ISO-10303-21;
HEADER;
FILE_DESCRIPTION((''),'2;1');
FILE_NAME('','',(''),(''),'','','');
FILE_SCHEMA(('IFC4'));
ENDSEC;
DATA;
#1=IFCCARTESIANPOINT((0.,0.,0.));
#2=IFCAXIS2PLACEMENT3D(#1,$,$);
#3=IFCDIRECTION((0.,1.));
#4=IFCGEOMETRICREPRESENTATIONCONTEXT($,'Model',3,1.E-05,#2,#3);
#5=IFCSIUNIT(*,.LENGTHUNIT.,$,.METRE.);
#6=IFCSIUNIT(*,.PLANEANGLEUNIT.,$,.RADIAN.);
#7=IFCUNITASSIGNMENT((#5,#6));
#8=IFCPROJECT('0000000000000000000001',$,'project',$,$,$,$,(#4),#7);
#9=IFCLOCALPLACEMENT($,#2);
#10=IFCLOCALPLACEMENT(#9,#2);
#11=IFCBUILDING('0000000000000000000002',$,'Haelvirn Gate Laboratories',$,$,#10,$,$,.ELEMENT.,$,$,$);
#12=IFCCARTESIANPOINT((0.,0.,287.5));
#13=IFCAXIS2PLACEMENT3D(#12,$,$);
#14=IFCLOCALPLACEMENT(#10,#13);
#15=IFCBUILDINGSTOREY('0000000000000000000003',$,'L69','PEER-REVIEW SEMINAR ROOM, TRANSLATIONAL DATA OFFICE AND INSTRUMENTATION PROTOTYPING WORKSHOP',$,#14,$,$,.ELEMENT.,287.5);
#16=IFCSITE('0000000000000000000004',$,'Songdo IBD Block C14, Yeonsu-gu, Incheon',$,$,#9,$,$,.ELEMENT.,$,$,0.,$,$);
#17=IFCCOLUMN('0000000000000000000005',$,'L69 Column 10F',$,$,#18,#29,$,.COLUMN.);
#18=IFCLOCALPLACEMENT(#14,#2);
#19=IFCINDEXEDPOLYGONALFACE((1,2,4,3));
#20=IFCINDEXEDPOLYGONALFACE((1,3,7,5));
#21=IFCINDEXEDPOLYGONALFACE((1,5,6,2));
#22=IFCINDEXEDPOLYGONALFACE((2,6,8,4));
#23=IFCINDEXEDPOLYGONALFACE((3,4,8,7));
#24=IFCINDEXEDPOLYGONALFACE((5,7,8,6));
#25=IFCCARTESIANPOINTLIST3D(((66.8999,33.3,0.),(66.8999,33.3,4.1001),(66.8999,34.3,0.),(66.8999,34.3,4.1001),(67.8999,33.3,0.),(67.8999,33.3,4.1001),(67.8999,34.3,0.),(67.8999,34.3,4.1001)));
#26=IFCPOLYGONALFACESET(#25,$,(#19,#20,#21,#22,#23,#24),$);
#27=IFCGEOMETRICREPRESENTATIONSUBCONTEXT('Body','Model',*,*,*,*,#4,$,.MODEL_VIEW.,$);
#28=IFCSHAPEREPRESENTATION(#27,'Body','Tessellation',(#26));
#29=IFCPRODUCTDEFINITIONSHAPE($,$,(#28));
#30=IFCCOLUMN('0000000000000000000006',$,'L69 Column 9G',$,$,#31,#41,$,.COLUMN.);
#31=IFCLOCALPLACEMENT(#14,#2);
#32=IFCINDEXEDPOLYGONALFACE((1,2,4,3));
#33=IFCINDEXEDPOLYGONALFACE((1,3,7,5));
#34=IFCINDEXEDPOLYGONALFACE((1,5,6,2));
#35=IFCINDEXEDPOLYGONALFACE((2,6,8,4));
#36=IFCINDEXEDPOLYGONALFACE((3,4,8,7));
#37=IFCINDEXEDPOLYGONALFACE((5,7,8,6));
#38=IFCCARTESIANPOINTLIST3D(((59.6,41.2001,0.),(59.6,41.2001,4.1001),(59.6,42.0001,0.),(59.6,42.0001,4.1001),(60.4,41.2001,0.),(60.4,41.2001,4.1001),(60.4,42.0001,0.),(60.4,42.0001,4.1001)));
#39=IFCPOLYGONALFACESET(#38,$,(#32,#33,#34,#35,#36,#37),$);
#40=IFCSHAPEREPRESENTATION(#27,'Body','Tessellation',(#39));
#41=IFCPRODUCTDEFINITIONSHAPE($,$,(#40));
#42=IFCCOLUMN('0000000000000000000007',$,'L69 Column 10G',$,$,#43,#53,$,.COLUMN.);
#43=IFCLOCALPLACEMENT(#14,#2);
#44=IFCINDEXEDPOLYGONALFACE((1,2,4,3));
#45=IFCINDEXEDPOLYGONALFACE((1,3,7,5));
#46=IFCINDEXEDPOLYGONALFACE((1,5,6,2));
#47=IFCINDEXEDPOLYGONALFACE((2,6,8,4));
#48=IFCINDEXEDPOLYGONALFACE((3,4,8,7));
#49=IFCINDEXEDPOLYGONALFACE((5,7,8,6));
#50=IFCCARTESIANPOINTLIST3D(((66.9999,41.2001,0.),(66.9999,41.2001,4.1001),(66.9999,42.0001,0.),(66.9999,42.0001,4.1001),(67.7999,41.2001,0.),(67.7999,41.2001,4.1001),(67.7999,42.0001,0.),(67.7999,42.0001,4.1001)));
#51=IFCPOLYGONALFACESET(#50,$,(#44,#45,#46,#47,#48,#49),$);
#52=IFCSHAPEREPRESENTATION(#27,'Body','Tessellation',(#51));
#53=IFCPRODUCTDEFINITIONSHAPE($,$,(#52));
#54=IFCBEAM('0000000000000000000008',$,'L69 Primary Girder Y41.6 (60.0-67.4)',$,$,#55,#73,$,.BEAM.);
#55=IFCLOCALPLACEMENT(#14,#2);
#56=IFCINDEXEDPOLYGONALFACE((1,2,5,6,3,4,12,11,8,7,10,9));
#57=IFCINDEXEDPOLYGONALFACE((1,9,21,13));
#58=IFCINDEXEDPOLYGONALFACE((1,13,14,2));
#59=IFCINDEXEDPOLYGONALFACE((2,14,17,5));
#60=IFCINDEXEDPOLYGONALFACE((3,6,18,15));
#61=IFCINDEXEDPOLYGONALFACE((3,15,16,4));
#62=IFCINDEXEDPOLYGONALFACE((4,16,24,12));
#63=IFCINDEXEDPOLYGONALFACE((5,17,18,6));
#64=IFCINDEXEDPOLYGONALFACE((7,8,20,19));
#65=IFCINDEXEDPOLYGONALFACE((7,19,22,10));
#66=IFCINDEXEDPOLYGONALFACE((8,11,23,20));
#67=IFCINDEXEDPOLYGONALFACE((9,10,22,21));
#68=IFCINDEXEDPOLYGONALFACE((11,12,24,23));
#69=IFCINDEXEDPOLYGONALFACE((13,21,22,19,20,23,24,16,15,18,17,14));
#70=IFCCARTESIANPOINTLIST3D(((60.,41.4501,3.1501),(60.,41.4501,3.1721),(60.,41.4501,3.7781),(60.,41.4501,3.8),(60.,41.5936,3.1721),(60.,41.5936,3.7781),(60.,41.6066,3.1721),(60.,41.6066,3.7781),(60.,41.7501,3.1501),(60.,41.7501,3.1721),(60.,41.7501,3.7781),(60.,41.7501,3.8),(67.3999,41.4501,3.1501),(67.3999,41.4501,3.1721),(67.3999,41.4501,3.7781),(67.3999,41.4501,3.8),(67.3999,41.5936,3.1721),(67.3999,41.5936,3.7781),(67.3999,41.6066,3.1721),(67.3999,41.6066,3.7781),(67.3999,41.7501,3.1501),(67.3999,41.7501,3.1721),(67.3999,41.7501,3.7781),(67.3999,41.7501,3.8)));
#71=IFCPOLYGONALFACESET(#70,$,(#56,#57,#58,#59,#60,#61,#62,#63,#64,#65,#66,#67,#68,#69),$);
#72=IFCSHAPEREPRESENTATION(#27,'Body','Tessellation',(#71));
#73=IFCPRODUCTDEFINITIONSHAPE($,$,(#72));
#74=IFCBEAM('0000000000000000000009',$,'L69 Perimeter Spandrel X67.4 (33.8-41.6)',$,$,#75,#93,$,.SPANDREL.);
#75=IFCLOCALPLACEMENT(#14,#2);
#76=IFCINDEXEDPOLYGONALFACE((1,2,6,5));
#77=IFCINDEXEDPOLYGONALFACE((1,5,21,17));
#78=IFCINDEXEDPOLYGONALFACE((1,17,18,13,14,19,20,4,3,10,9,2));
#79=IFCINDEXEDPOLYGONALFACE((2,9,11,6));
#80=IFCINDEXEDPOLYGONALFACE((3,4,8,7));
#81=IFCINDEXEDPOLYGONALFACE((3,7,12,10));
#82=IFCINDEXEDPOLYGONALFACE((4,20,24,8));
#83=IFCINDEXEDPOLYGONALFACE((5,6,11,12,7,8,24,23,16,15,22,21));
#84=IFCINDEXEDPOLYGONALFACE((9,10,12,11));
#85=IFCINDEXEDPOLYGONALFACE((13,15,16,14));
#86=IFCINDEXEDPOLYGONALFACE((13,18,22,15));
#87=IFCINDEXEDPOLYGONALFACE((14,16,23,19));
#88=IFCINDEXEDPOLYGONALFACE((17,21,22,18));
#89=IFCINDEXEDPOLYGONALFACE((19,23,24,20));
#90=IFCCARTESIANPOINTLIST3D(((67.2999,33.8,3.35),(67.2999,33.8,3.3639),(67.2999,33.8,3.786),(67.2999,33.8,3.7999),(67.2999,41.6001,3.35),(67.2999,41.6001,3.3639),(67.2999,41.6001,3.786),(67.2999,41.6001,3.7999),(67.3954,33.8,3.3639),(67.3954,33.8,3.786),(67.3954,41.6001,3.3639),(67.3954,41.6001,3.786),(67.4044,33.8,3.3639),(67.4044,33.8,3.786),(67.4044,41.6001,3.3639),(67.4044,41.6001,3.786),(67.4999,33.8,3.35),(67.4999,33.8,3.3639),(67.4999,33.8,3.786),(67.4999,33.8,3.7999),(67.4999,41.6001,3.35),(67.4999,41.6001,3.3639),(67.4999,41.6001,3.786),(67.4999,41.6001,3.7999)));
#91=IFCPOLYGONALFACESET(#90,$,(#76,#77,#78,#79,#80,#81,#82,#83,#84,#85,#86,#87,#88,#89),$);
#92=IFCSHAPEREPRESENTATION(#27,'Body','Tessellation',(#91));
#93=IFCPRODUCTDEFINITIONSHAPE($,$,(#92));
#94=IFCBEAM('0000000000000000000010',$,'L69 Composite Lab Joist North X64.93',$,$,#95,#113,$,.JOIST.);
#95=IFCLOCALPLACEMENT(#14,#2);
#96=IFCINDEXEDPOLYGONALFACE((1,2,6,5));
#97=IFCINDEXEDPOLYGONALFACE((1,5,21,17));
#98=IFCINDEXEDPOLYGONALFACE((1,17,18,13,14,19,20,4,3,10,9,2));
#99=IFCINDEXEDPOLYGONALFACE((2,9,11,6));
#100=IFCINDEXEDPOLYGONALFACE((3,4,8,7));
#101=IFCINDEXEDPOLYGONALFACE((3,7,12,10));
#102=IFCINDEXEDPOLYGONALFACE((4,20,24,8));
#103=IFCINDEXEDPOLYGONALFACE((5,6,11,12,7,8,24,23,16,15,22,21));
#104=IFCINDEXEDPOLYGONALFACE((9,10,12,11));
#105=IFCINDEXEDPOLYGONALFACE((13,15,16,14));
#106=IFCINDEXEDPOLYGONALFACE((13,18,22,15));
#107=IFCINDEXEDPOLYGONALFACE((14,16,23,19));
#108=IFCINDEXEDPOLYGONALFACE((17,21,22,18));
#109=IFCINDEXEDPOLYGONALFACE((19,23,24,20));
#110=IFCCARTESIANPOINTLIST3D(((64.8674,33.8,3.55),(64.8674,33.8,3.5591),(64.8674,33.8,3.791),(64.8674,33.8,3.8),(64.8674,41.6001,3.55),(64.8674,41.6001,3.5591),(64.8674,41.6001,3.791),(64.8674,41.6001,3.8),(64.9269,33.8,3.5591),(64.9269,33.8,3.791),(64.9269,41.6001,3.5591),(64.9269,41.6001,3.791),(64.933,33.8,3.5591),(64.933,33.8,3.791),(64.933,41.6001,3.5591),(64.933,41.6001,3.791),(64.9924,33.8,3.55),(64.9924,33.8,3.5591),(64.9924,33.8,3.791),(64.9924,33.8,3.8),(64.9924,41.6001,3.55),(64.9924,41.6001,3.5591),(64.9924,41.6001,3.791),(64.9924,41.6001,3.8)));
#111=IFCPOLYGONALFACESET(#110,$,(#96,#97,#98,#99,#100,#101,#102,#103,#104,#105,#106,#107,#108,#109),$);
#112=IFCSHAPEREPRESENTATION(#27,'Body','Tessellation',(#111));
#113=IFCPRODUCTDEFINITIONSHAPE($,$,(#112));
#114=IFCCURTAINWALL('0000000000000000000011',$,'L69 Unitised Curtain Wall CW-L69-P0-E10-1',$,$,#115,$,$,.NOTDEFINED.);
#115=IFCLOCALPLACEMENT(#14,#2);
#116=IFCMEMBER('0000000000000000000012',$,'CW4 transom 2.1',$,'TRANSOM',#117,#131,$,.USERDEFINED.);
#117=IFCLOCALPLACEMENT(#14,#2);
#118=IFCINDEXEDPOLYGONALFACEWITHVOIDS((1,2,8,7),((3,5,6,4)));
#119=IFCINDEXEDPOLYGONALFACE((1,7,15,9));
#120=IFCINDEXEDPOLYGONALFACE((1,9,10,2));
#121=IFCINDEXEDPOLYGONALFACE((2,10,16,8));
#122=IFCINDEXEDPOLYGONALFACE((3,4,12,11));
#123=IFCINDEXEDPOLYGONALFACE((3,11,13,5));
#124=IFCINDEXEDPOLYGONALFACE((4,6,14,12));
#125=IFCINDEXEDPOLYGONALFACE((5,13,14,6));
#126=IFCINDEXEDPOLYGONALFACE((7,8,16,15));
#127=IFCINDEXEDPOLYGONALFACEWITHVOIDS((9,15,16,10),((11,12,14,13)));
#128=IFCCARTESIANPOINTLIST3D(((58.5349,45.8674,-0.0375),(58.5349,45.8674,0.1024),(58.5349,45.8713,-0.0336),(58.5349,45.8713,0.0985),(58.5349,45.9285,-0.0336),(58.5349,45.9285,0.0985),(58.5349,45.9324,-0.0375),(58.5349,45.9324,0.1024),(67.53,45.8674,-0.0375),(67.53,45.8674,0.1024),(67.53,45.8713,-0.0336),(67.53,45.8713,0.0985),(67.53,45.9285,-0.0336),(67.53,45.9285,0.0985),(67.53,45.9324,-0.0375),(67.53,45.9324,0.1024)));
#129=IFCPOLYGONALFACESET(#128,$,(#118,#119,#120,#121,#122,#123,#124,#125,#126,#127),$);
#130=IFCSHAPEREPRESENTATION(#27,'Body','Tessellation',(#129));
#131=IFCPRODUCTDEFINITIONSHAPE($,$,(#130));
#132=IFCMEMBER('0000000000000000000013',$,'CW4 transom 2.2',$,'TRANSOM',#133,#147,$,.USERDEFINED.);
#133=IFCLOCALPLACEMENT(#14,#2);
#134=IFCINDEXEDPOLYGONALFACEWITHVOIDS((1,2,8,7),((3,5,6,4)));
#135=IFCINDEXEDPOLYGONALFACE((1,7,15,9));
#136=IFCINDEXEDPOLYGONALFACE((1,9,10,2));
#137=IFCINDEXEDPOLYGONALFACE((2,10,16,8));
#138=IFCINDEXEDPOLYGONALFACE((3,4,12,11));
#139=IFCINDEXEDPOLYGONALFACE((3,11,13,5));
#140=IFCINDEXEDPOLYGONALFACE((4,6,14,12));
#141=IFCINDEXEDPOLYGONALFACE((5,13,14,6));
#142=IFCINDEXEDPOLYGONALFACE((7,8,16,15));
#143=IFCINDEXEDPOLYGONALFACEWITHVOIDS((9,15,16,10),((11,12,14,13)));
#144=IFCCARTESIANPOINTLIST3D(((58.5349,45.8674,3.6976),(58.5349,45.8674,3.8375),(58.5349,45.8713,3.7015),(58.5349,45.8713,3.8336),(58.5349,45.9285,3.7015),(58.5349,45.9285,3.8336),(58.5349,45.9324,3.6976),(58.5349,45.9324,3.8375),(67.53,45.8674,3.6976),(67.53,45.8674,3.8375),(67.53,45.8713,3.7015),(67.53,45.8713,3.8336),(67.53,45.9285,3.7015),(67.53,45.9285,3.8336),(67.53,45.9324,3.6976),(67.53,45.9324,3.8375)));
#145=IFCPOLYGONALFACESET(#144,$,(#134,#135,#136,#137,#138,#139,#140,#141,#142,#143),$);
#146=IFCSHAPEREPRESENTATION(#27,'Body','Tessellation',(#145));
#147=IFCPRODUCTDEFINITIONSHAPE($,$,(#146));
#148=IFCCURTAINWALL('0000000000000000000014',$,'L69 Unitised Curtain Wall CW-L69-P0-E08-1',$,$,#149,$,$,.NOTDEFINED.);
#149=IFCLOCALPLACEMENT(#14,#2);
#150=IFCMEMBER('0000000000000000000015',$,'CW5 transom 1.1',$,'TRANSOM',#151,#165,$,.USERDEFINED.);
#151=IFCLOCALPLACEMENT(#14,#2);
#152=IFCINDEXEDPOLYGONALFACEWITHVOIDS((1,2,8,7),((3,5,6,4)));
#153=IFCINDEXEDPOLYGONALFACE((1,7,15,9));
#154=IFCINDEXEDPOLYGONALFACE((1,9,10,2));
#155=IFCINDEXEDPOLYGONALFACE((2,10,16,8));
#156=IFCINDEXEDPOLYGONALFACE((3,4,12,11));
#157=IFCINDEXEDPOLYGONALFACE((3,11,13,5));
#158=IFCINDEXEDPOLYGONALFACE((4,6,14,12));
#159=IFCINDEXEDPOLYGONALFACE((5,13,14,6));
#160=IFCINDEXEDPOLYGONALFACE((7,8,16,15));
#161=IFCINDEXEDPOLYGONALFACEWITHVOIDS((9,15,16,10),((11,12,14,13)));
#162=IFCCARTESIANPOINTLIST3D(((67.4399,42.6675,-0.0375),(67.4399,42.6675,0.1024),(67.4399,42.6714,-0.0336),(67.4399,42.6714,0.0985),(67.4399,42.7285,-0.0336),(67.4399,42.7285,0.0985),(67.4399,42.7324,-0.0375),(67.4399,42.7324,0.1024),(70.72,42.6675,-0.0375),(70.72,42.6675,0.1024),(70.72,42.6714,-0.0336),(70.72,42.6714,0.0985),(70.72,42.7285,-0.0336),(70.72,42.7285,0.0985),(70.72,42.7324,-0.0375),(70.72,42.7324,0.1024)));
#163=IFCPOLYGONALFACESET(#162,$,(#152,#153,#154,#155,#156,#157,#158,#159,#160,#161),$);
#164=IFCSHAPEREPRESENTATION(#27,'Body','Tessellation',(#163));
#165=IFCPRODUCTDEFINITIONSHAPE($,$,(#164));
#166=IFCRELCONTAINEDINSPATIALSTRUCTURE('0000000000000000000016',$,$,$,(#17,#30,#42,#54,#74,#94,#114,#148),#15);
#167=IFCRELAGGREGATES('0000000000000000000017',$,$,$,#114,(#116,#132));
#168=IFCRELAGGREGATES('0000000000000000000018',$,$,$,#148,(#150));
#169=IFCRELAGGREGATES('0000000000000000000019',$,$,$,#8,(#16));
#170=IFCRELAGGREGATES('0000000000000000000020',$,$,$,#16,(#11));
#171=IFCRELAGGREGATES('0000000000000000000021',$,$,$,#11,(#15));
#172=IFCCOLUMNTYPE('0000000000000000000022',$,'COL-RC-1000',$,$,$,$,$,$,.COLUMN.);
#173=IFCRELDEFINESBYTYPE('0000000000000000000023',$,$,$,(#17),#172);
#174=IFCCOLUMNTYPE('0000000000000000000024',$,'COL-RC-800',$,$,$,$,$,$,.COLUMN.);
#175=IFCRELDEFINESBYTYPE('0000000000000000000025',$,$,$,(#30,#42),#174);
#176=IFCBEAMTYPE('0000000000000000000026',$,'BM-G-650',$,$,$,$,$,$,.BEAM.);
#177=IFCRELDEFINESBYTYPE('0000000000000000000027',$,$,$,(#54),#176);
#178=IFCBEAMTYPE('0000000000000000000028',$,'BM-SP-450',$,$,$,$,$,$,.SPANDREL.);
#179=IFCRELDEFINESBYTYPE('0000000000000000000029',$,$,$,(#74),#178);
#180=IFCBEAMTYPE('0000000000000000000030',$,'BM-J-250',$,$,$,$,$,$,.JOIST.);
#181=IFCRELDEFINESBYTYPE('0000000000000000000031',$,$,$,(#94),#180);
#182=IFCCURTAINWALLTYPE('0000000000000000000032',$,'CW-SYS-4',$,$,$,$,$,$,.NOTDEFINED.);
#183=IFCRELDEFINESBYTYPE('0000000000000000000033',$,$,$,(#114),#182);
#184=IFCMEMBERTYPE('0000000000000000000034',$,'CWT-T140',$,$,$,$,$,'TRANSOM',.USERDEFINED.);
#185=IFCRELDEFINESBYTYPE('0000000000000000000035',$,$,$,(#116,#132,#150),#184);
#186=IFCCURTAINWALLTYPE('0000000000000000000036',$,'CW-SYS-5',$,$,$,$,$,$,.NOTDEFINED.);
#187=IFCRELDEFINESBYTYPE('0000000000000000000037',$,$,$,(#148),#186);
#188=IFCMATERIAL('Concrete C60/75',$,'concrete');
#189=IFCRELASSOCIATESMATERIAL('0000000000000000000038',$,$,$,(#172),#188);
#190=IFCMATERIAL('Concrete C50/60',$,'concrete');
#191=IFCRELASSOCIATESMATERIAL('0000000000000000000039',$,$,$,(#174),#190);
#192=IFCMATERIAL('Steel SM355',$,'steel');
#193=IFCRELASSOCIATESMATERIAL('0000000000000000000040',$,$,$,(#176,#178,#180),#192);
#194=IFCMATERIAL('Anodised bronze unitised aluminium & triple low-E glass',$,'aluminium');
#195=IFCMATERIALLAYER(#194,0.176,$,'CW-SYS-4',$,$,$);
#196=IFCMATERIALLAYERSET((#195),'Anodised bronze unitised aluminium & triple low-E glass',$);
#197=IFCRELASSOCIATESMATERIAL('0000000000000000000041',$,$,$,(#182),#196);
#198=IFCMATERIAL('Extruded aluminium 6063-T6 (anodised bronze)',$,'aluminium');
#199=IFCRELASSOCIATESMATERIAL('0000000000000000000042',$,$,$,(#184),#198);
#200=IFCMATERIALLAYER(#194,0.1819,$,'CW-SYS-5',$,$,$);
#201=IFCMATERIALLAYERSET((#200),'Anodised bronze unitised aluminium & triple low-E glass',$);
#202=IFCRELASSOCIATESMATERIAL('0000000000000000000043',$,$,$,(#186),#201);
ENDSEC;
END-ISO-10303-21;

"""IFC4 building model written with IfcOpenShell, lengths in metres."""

from ifc_helpers import new_model, si_unit, direction, frame, origin, origin_2d, place, context, subcontext, project, spatial, rectangle, hollow_rectangle, i_section, extrude, source, transform, mapped, material, layer, layer_set, material_profile, profile_set, type_object, type_shapes, element, aggregate, save


model = new_model("IFC4")

# Units and contexts
model_context = context("Model", 3, precision=1e-05, world=origin(), true_north=direction((0.0, 1.0)))
body_context = subcontext(model_context, "Body", "Model", "MODEL_VIEW")
ifc_project = project(units=[si_unit("LENGTHUNIT", "METRE"), si_unit("PLANEANGLEUNIT", "RADIAN")], contexts=[model_context])

# Site, building, storey
site_placement = place(None, origin())
site = spatial("IfcSite", under=ifc_project, at=site_placement, Name="Songdo IBD Block C14, Yeonsu-gu, Incheon", CompositionType="ELEMENT", RefElevation=0.0)
building_placement = place(site_placement, origin())
building = spatial("IfcBuilding", under=site, at=building_placement, Name="Haelvirn Gate Laboratories", CompositionType="ELEMENT")
storey_placement = place(building_placement, frame((0.0, 0.0, 287.5)))
storey = spatial("IfcBuildingStorey", under=building, at=storey_placement, Name="L69", Description="PEER-REVIEW SEMINAR ROOM, TRANSLATIONAL DATA OFFICE AND INSTRUMENTATION PROTOTYPING WORKSHOP", CompositionType="ELEMENT", Elevation=287.5)

# Columns
ifc_material_1 = material(Name="Concrete C60/75", Category="concrete")
ifc_material_profile_1 = material_profile(ifc_material_1, rectangle(XDim=1.0, YDim=1.0, at=origin_2d()), Name="RC-1000x1000")
ifc_profile_set_1 = profile_set([ifc_material_profile_1], Name="Concrete C60/75")
column_type_1 = type_object("IfcColumnType", Name="COL-RC-1000", PredefinedType="COLUMN", material=ifc_profile_set_1)
shared_shape_1 = source(origin(), body_context, "Body", "SweptSolid", [
    extrude(rectangle(XDim=1.0, YDim=1.0, at=origin_2d()), origin(), (0.0, 0.0, 1.0), 4.1001),
])
type_shapes(column_type_1, [shared_shape_1])
column_placement = place(storey_placement, frame((67.3999, 33.8, 0.0), z_axis=(0.0, 0.0, 1.0), x_axis=(1.0, 0.0, 0.0)))
element("IfcColumn", 1, at=column_placement, inside=storey, type_object=column_type_1, Name="L69 Column 10F", PredefinedType="COLUMN", context=body_context, shape_type="MappedRepresentation", body=[
    mapped(shared_shape_1, transform((0.0, 0.0, 0.0), scale=1.0)),
])
ifc_material_2 = material(Name="Concrete C50/60", Category="concrete")
ifc_material_profile_2 = material_profile(ifc_material_2, rectangle(XDim=0.8, YDim=0.8, at=origin_2d()), Name="RC-800x800")
ifc_profile_set_2 = profile_set([ifc_material_profile_2], Name="Concrete C50/60")
column_type_2 = type_object("IfcColumnType", Name="COL-RC-800", PredefinedType="COLUMN", material=ifc_profile_set_2)
shared_shape_2 = source(origin(), body_context, "Body", "SweptSolid", [
    extrude(rectangle(XDim=0.8, YDim=0.8, at=origin_2d()), origin(), (0.0, 0.0, 1.0), 4.1001),
])
type_shapes(column_type_2, [shared_shape_2])
for number, where, z_axis, x_axis, name in (
    (2, (60.0, 41.6001, 0.0), (0.0, 0.0, 1.0), (1.0, 0.0, 0.0), "L69 Column 9G"),
    (3, (67.3999, 41.6001, 0.0), (0.0, 0.0, 1.0), (1.0, 0.0, 0.0), "L69 Column 10G"),
):
    element("IfcColumn", number, at=place(storey_placement, frame(where, z_axis=z_axis, x_axis=x_axis)), inside=storey, type_object=column_type_2, Name=name, PredefinedType="COLUMN", context=body_context, shape_type="MappedRepresentation", body=[
        mapped(shared_shape_2, transform((0.0, 0.0, 0.0), scale=1.0)),
    ])

# Beams
ifc_material_3 = material(Name="Steel SM355", Category="steel")
ifc_material_profile_3 = material_profile(ifc_material_3, i_section(OverallWidth=0.3, OverallDepth=0.6499, WebThickness=0.0129, FlangeThickness=0.022, at=origin_2d()), Name="H-650x300x13x22")
ifc_profile_set_3 = profile_set([ifc_material_profile_3], Name="Steel SM355")
beam_type_1 = type_object("IfcBeamType", Name="BM-G-650", PredefinedType="BEAM", material=ifc_profile_set_3)
shared_shape_3 = source(origin(), body_context, "Body", "SweptSolid", [
    extrude(i_section(OverallWidth=0.3, OverallDepth=0.6499, WebThickness=0.0129, FlangeThickness=0.022, at=origin_2d()), origin(), (0.0, 0.0, 1.0), 7.3999),
])
type_shapes(beam_type_1, [shared_shape_3])
beam_1_placement = place(storey_placement, frame((60.0, 41.6001, 3.4751), z_axis=(1.0, 0.0, 0.0), x_axis=(0.0, 1.0, 0.0)))
element("IfcBeam", 4, at=beam_1_placement, inside=storey, type_object=beam_type_1, Name="L69 Primary Girder Y41.6 (60.0-67.4)", PredefinedType="BEAM", context=body_context, shape_type="MappedRepresentation", body=[
    mapped(shared_shape_3, transform((0.0, 0.0, 0.0), scale=1.0)),
])
ifc_material_profile_4 = material_profile(ifc_material_3, i_section(OverallWidth=0.2, OverallDepth=0.45, WebThickness=0.009, FlangeThickness=0.0139, at=origin_2d()), Name="H-450x200x9x14")
ifc_profile_set_4 = profile_set([ifc_material_profile_4], Name="Steel SM355")
beam_type_2 = type_object("IfcBeamType", Name="BM-SP-450", PredefinedType="SPANDREL", material=ifc_profile_set_4)
shared_shape_4 = source(origin(), body_context, "Body", "SweptSolid", [
    extrude(i_section(OverallWidth=0.2, OverallDepth=0.45, WebThickness=0.009, FlangeThickness=0.0139, at=origin_2d()), origin(), (0.0, 0.0, 1.0), 7.8),
])
type_shapes(beam_type_2, [shared_shape_4])
beam_2_placement = place(storey_placement, frame((67.3999, 33.8, 3.575), z_axis=(0.0, 1.0, 0.0), x_axis=(-1.0, 0.0, 0.0)))
element("IfcBeam", 5, at=beam_2_placement, inside=storey, type_object=beam_type_2, Name="L69 Perimeter Spandrel X67.4 (33.8-41.6)", PredefinedType="SPANDREL", context=body_context, shape_type="MappedRepresentation", body=[
    mapped(shared_shape_4, transform((0.0, 0.0, 0.0), scale=1.0)),
])
ifc_material_profile_5 = material_profile(ifc_material_3, i_section(OverallWidth=0.125, OverallDepth=0.25, WebThickness=0.0061, FlangeThickness=0.009, at=origin_2d()), Name="H-250x125x6x9")
ifc_profile_set_5 = profile_set([ifc_material_profile_5], Name="Steel SM355")
beam_type_3 = type_object("IfcBeamType", Name="BM-J-250", PredefinedType="JOIST", material=ifc_profile_set_5)
shared_shape_5 = source(origin(), body_context, "Body", "SweptSolid", [
    extrude(i_section(OverallWidth=0.125, OverallDepth=0.25, WebThickness=0.0061, FlangeThickness=0.009, at=origin_2d()), origin(), (0.0, 0.0, 1.0), 7.8),
])
type_shapes(beam_type_3, [shared_shape_5])
beam_3_placement = place(storey_placement, frame((64.9299, 33.8, 3.675), z_axis=(0.0, 1.0, 0.0), x_axis=(-1.0, 0.0, 0.0)))
element("IfcBeam", 6, at=beam_3_placement, inside=storey, type_object=beam_type_3, Name="L69 Composite Lab Joist North X64.93", PredefinedType="JOIST", context=body_context, shape_type="MappedRepresentation", body=[
    mapped(shared_shape_5, transform((0.0, 0.0, 0.0), scale=1.0)),
])

# Curtain walls, members
ifc_material_4 = material(Name="Anodised bronze unitised aluminium & triple low-E glass", Category="aluminium")
ifc_layer_1 = layer(ifc_material_4, 0.176, Name="CW-SYS-4")
ifc_layer_set_1 = layer_set([ifc_layer_1], Name="Anodised bronze unitised aluminium & triple low-E glass")
curtain_wall_type_1 = type_object("IfcCurtainWallType", Name="CW-SYS-4", PredefinedType="NOTDEFINED", material=ifc_layer_set_1)
curtain_wall_1_placement = place(storey_placement, origin())
curtain_wall_1 = element("IfcCurtainWall", 7, at=curtain_wall_1_placement, inside=storey, type_object=curtain_wall_type_1, Name="L69 Unitised Curtain Wall CW-L69-P0-E10-1", PredefinedType="NOTDEFINED")
ifc_material_5 = material(Name="Extruded aluminium 6063-T6 (anodised bronze)", Category="aluminium")
ifc_material_profile_6 = material_profile(ifc_material_5, hollow_rectangle(XDim=0.0649, YDim=0.1399, WallThickness=0.0039, at=origin_2d()), Name="CWT-140x65x4")
ifc_profile_set_6 = profile_set([ifc_material_profile_6], Name="Extruded aluminium 6063-T6 (anodised bronze)")
member_type_1 = type_object("IfcMemberType", Name="CWT-T140", ElementType="TRANSOM", PredefinedType="USERDEFINED", material=ifc_profile_set_6)
shared_shape_6 = source(origin(), body_context, "Body", "SweptSolid", [
    extrude(hollow_rectangle(XDim=0.0649, YDim=0.1399, WallThickness=0.0039, at=origin_2d()), origin(), (0.0, 0.0, 1.0), 8.9951),
])
member_1_placement = place(storey_placement, frame((58.5349, 45.8999, 0.0325), z_axis=(1.0, 0.0, 0.0), x_axis=(0.0, 1.0, 0.0)))
member_1 = element("IfcMember", 8, at=member_1_placement, type_object=member_type_1, Name="CW4 transom 2.1", ObjectType="TRANSOM", PredefinedType="USERDEFINED", context=body_context, shape_type="MappedRepresentation", body=[
    mapped(shared_shape_6, transform((0.0, 0.0, 0.0), scale=1.0)),
])
member_2_placement = place(storey_placement, frame((58.5349, 45.8999, 3.7676), z_axis=(1.0, 0.0, 0.0), x_axis=(0.0, 1.0, 0.0)))
member_2 = element("IfcMember", 9, at=member_2_placement, type_object=member_type_1, Name="CW4 transom 2.2", ObjectType="TRANSOM", PredefinedType="USERDEFINED", context=body_context, shape_type="MappedRepresentation", body=[
    mapped(shared_shape_6, transform((0.0, 0.0, 0.0), scale=1.0)),
])
ifc_layer_2 = layer(ifc_material_4, 0.1819, Name="CW-SYS-5")
ifc_layer_set_2 = layer_set([ifc_layer_2], Name="Anodised bronze unitised aluminium & triple low-E glass")
curtain_wall_type_2 = type_object("IfcCurtainWallType", Name="CW-SYS-5", PredefinedType="NOTDEFINED", material=ifc_layer_set_2)
curtain_wall_2_placement = place(storey_placement, origin())
curtain_wall_2 = element("IfcCurtainWall", 10, at=curtain_wall_2_placement, inside=storey, type_object=curtain_wall_type_2, Name="L69 Unitised Curtain Wall CW-L69-P0-E08-1", PredefinedType="NOTDEFINED")
shared_shape_7 = source(origin(), body_context, "Body", "SweptSolid", [
    extrude(hollow_rectangle(XDim=0.0649, YDim=0.1399, WallThickness=0.0039, at=origin_2d()), origin(), (0.0, 0.0, 1.0), 3.28),
])
type_shapes(member_type_1, [shared_shape_6, shared_shape_7])
member_3_placement = place(storey_placement, frame((67.4399, 42.7, 0.0325), z_axis=(1.0, 0.0, 0.0), x_axis=(0.0, 1.0, 0.0)))
member_3 = element("IfcMember", 11, at=member_3_placement, type_object=member_type_1, Name="CW5 transom 1.1", ObjectType="TRANSOM", PredefinedType="USERDEFINED", context=body_context, shape_type="MappedRepresentation", body=[
    mapped(shared_shape_7, transform((0.0, 0.0, 0.0), scale=1.0)),
])

aggregate(curtain_wall_1, [member_1, member_2])
aggregate(curtain_wall_2, [member_3])

save(model, "model.ifc")
